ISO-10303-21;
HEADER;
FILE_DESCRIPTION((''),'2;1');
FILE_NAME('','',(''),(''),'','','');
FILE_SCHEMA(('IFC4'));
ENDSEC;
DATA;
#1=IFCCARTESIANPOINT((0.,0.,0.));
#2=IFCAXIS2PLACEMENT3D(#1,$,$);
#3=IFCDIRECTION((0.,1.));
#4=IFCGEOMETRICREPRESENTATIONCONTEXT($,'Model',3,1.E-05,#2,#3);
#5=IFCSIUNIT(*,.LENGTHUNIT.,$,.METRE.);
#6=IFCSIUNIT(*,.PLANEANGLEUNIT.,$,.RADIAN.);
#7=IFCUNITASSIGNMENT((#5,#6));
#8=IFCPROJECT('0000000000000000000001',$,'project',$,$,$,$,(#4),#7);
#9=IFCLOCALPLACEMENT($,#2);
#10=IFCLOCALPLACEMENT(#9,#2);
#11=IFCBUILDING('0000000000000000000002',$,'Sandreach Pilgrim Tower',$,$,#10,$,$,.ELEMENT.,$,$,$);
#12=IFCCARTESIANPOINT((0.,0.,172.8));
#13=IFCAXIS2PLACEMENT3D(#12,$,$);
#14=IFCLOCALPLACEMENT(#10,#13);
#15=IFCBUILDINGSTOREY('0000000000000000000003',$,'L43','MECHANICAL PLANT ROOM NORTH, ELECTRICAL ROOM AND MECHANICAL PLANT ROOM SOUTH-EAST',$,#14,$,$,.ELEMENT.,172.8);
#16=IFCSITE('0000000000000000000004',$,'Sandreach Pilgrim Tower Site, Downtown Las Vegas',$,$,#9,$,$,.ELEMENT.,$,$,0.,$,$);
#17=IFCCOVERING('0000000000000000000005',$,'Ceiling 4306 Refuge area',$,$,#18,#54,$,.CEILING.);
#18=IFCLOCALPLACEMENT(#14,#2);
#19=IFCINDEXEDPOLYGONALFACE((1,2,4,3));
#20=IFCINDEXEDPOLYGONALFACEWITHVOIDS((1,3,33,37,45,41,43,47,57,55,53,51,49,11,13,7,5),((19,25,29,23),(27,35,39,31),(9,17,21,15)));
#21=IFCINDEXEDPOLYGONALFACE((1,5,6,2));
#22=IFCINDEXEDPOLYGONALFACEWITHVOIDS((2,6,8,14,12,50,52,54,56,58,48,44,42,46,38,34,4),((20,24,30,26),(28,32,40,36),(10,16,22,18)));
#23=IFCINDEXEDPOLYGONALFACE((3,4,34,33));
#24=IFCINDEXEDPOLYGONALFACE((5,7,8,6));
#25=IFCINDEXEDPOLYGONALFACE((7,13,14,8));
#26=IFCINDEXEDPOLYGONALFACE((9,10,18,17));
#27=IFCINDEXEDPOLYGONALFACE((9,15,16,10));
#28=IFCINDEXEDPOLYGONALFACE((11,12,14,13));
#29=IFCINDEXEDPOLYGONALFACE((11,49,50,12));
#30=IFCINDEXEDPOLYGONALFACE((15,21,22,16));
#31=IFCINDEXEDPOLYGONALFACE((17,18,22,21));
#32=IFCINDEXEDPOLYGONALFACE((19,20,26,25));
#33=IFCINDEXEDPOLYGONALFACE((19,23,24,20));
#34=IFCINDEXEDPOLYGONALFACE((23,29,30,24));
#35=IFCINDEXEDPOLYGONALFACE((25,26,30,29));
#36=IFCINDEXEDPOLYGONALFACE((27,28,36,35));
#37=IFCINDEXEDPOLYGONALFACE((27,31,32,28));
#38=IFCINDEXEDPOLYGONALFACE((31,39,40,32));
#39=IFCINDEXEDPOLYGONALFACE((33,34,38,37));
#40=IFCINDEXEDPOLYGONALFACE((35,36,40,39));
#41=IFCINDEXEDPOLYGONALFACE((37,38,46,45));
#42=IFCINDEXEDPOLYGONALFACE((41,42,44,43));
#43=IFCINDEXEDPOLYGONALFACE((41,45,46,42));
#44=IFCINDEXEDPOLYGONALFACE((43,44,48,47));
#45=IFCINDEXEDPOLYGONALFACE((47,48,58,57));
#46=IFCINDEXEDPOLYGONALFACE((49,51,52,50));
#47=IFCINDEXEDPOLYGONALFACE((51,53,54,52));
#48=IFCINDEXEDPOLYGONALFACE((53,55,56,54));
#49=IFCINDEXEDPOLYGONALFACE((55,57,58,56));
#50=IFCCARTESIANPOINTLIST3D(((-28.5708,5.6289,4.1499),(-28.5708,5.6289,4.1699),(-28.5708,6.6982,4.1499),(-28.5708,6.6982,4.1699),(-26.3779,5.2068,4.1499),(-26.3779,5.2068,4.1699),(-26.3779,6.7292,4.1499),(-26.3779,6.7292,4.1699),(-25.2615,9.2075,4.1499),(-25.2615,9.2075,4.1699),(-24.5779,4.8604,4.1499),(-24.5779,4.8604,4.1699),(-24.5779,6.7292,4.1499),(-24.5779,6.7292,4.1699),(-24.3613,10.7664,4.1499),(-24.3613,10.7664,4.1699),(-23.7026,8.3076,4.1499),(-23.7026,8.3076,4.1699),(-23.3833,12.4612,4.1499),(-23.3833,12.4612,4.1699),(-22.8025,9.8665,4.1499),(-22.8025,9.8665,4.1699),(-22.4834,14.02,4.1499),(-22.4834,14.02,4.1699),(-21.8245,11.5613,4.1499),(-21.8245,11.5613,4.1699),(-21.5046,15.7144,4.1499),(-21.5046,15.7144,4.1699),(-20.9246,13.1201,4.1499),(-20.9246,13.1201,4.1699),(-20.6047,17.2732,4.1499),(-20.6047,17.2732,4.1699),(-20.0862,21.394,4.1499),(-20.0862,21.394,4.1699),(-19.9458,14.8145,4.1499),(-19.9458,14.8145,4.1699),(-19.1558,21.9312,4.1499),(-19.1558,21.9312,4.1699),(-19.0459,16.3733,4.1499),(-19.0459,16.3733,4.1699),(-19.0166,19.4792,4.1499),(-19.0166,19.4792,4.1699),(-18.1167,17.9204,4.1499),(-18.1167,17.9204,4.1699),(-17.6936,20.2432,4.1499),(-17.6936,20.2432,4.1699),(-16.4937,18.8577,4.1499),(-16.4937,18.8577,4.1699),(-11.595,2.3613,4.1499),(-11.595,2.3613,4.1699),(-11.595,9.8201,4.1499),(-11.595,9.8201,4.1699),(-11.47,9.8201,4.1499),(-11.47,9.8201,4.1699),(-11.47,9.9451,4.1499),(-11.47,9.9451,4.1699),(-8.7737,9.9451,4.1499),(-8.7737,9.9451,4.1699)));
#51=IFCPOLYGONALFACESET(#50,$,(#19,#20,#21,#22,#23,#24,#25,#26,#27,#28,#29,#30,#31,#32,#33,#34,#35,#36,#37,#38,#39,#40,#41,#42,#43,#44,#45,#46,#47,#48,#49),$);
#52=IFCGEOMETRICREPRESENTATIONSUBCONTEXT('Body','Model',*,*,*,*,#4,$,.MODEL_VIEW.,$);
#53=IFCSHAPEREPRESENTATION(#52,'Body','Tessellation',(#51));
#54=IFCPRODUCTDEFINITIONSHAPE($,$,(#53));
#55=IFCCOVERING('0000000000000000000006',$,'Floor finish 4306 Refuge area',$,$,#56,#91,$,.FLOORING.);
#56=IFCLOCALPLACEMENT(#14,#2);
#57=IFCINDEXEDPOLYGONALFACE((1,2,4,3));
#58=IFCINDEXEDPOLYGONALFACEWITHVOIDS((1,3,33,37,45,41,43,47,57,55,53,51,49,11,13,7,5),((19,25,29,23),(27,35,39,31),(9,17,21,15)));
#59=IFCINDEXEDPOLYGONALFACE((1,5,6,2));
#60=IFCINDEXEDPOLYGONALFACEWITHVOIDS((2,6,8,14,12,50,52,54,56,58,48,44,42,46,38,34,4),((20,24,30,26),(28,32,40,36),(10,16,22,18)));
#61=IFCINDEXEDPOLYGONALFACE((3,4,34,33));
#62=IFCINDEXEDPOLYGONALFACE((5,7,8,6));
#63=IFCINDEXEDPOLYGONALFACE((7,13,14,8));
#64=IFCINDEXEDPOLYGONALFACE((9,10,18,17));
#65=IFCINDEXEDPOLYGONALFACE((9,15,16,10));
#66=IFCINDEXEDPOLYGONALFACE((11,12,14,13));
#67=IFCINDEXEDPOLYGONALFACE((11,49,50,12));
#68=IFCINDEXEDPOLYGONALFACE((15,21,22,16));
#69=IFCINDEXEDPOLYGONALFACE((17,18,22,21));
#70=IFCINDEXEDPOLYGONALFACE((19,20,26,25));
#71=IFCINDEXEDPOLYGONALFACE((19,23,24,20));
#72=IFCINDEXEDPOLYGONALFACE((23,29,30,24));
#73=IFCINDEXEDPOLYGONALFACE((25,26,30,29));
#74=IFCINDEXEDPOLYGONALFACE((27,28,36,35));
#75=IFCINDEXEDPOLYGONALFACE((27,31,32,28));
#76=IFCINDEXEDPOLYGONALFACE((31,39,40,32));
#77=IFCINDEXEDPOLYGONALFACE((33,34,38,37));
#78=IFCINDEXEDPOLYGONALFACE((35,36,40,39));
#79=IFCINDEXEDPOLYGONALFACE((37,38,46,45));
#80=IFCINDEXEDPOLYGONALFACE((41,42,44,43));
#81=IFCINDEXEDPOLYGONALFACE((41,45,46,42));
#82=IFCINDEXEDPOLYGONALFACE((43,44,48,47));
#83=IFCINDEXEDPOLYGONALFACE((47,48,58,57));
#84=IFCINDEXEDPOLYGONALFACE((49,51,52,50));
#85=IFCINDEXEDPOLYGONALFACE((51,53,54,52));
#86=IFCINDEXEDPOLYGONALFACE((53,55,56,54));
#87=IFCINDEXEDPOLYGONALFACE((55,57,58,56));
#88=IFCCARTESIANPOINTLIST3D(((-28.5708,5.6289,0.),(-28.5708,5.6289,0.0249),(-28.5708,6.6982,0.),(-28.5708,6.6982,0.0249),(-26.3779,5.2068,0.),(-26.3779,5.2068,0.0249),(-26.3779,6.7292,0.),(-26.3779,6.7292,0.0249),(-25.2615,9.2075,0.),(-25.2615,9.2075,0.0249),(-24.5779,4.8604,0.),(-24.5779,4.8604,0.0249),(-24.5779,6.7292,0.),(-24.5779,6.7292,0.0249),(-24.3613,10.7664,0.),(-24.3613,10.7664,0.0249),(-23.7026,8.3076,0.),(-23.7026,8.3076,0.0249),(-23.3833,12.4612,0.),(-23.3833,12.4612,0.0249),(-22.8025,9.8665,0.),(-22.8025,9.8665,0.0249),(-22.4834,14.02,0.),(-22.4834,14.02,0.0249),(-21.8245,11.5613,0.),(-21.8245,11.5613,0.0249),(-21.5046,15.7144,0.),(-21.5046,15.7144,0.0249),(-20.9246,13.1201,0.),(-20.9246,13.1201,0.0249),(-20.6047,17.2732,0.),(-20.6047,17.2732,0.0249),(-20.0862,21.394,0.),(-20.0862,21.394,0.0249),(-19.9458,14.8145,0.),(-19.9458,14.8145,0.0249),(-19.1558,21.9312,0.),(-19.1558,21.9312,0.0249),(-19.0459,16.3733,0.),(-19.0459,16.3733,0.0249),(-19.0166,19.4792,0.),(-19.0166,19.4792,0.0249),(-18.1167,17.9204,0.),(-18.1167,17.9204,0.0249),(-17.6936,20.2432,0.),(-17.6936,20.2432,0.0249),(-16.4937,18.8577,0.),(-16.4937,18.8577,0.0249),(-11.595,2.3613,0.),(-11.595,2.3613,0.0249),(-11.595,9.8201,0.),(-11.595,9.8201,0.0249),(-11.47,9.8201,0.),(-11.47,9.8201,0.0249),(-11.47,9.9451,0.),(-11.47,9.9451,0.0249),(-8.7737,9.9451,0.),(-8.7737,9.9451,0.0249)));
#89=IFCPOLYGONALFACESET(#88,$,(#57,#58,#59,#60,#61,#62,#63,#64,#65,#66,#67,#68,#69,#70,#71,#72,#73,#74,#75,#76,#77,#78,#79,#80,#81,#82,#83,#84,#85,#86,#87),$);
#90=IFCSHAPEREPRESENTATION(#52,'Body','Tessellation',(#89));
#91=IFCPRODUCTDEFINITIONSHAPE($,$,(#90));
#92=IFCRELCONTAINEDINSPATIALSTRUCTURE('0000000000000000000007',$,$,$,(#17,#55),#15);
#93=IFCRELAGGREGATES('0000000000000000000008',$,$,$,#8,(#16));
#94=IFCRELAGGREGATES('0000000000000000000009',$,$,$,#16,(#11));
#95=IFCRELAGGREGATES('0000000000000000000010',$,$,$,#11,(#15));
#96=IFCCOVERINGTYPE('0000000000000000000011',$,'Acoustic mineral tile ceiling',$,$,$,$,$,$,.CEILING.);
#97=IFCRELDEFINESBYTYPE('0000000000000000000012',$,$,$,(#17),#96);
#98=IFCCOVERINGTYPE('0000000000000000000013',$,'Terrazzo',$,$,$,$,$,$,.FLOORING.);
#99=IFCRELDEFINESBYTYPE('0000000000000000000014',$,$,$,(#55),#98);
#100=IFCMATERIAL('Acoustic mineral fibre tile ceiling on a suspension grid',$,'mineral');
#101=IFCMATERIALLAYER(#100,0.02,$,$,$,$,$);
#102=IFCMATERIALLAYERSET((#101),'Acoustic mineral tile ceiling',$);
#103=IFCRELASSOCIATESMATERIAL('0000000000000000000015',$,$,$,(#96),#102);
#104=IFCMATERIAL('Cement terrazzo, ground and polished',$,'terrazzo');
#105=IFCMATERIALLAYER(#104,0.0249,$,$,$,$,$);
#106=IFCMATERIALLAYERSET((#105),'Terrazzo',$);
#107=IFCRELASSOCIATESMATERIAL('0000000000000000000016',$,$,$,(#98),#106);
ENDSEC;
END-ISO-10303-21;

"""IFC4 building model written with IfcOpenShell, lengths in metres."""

from ifc_helpers import new_model, si_unit, direction, frame, origin, place, context, subcontext, project, spatial, polyline, outline, extrude, material, layer, layer_set, type_object, element, save


model = new_model("IFC4")

# Units and contexts
model_context = context("Model", 3, precision=1e-05, world=origin(), true_north=direction((0.0, 1.0)))
body_context = subcontext(model_context, "Body", "Model", "MODEL_VIEW")
ifc_project = project(units=[si_unit("LENGTHUNIT", "METRE"), si_unit("PLANEANGLEUNIT", "RADIAN")], contexts=[model_context])

# Site, building, storey
site_placement = place(None, origin())
site = spatial("IfcSite", under=ifc_project, at=site_placement, Name="Sandreach Pilgrim Tower Site, Downtown Las Vegas", CompositionType="ELEMENT", RefElevation=0.0)
building_placement = place(site_placement, origin())
building = spatial("IfcBuilding", under=site, at=building_placement, Name="Sandreach Pilgrim Tower", CompositionType="ELEMENT")
storey_placement = place(building_placement, frame((0.0, 0.0, 172.8)))
storey = spatial("IfcBuildingStorey", under=building, at=storey_placement, Name="L43", Description="MECHANICAL PLANT ROOM NORTH, ELECTRICAL ROOM AND MECHANICAL PLANT ROOM SOUTH-EAST", CompositionType="ELEMENT", Elevation=172.8)

# Coverings
ifc_material_1 = material(Name="Acoustic mineral fibre tile ceiling on a suspension grid", Category="mineral")
ifc_layer_1 = layer(ifc_material_1, 0.02)
ifc_layer_set_1 = layer_set([ifc_layer_1], Name="Acoustic mineral tile ceiling")
covering_type_1 = type_object("IfcCoveringType", Name="Acoustic mineral tile ceiling", PredefinedType="CEILING", material=ifc_layer_set_1)
covering_1_placement = place(storey_placement, frame((0.0, 0.0, 4.1499)))
element("IfcCovering", 1, at=covering_1_placement, inside=storey, type_object=covering_type_1, Name="Ceiling 4306 Refuge area", PredefinedType="CEILING", context=body_context, shape_type="SweptSolid", body=[
    extrude(outline(polyline([(-20.0862, 21.394), (-19.1558, 21.9312), (-17.6936, 20.2432), (-19.0166, 19.4792), (-18.1167, 17.9204), (-16.4937, 18.8577), (-8.7737, 9.9451), (-11.47, 9.9451), (-11.47, 9.8201), (-11.595, 9.8201), (-11.595, 2.3613), (-24.5779, 4.8604), (-24.5779, 6.7292), (-26.3779, 6.7292), (-26.3779, 5.2068), (-28.5708, 5.6289), (-28.5708, 6.6982), (-20.0862, 21.394)]), holes=[polyline([(-19.9458, 14.8145), (-19.0459, 16.3733), (-20.6047, 17.2732), (-21.5046, 15.7144), (-19.9458, 14.8145)]), polyline([(-21.8245, 11.5613), (-20.9246, 13.1201), (-22.4834, 14.02), (-23.3833, 12.4612), (-21.8245, 11.5613)]), polyline([(-22.8025, 9.8665), (-24.3613, 10.7664), (-25.2615, 9.2075), (-23.7026, 8.3076), (-22.8025, 9.8665)])]), origin(), (0.0, 0.0, 1.0), 0.02),
])
ifc_material_2 = material(Name="Cement terrazzo, ground and polished", Category="terrazzo")
ifc_layer_2 = layer(ifc_material_2, 0.0249)
ifc_layer_set_2 = layer_set([ifc_layer_2], Name="Terrazzo")
covering_type_2 = type_object("IfcCoveringType", Name="Terrazzo", PredefinedType="FLOORING", material=ifc_layer_set_2)
covering_2_placement = place(storey_placement, origin())
element("IfcCovering", 2, at=covering_2_placement, inside=storey, type_object=covering_type_2, Name="Floor finish 4306 Refuge area", PredefinedType="FLOORING", context=body_context, shape_type="SweptSolid", body=[
    extrude(outline(polyline([(-20.0862, 21.394), (-19.1558, 21.9312), (-17.6936, 20.2432), (-19.0166, 19.4792), (-18.1167, 17.9204), (-16.4937, 18.8577), (-8.7737, 9.9451), (-11.47, 9.9451), (-11.47, 9.8201), (-11.595, 9.8201), (-11.595, 2.3613), (-24.5779, 4.8604), (-24.5779, 6.7292), (-26.3779, 6.7292), (-26.3779, 5.2068), (-28.5708, 5.6289), (-28.5708, 6.6982), (-20.0862, 21.394)]), holes=[polyline([(-19.9458, 14.8145), (-19.0459, 16.3733), (-20.6047, 17.2732), (-21.5046, 15.7144), (-19.9458, 14.8145)]), polyline([(-21.8245, 11.5613), (-20.9246, 13.1201), (-22.4834, 14.02), (-23.3833, 12.4612), (-21.8245, 11.5613)]), polyline([(-22.8025, 9.8665), (-24.3613, 10.7664), (-25.2615, 9.2075), (-23.7026, 8.3076), (-22.8025, 9.8665)])]), origin(), (0.0, 0.0, 1.0), 0.0249),
])

save(model, "model.ifc")
